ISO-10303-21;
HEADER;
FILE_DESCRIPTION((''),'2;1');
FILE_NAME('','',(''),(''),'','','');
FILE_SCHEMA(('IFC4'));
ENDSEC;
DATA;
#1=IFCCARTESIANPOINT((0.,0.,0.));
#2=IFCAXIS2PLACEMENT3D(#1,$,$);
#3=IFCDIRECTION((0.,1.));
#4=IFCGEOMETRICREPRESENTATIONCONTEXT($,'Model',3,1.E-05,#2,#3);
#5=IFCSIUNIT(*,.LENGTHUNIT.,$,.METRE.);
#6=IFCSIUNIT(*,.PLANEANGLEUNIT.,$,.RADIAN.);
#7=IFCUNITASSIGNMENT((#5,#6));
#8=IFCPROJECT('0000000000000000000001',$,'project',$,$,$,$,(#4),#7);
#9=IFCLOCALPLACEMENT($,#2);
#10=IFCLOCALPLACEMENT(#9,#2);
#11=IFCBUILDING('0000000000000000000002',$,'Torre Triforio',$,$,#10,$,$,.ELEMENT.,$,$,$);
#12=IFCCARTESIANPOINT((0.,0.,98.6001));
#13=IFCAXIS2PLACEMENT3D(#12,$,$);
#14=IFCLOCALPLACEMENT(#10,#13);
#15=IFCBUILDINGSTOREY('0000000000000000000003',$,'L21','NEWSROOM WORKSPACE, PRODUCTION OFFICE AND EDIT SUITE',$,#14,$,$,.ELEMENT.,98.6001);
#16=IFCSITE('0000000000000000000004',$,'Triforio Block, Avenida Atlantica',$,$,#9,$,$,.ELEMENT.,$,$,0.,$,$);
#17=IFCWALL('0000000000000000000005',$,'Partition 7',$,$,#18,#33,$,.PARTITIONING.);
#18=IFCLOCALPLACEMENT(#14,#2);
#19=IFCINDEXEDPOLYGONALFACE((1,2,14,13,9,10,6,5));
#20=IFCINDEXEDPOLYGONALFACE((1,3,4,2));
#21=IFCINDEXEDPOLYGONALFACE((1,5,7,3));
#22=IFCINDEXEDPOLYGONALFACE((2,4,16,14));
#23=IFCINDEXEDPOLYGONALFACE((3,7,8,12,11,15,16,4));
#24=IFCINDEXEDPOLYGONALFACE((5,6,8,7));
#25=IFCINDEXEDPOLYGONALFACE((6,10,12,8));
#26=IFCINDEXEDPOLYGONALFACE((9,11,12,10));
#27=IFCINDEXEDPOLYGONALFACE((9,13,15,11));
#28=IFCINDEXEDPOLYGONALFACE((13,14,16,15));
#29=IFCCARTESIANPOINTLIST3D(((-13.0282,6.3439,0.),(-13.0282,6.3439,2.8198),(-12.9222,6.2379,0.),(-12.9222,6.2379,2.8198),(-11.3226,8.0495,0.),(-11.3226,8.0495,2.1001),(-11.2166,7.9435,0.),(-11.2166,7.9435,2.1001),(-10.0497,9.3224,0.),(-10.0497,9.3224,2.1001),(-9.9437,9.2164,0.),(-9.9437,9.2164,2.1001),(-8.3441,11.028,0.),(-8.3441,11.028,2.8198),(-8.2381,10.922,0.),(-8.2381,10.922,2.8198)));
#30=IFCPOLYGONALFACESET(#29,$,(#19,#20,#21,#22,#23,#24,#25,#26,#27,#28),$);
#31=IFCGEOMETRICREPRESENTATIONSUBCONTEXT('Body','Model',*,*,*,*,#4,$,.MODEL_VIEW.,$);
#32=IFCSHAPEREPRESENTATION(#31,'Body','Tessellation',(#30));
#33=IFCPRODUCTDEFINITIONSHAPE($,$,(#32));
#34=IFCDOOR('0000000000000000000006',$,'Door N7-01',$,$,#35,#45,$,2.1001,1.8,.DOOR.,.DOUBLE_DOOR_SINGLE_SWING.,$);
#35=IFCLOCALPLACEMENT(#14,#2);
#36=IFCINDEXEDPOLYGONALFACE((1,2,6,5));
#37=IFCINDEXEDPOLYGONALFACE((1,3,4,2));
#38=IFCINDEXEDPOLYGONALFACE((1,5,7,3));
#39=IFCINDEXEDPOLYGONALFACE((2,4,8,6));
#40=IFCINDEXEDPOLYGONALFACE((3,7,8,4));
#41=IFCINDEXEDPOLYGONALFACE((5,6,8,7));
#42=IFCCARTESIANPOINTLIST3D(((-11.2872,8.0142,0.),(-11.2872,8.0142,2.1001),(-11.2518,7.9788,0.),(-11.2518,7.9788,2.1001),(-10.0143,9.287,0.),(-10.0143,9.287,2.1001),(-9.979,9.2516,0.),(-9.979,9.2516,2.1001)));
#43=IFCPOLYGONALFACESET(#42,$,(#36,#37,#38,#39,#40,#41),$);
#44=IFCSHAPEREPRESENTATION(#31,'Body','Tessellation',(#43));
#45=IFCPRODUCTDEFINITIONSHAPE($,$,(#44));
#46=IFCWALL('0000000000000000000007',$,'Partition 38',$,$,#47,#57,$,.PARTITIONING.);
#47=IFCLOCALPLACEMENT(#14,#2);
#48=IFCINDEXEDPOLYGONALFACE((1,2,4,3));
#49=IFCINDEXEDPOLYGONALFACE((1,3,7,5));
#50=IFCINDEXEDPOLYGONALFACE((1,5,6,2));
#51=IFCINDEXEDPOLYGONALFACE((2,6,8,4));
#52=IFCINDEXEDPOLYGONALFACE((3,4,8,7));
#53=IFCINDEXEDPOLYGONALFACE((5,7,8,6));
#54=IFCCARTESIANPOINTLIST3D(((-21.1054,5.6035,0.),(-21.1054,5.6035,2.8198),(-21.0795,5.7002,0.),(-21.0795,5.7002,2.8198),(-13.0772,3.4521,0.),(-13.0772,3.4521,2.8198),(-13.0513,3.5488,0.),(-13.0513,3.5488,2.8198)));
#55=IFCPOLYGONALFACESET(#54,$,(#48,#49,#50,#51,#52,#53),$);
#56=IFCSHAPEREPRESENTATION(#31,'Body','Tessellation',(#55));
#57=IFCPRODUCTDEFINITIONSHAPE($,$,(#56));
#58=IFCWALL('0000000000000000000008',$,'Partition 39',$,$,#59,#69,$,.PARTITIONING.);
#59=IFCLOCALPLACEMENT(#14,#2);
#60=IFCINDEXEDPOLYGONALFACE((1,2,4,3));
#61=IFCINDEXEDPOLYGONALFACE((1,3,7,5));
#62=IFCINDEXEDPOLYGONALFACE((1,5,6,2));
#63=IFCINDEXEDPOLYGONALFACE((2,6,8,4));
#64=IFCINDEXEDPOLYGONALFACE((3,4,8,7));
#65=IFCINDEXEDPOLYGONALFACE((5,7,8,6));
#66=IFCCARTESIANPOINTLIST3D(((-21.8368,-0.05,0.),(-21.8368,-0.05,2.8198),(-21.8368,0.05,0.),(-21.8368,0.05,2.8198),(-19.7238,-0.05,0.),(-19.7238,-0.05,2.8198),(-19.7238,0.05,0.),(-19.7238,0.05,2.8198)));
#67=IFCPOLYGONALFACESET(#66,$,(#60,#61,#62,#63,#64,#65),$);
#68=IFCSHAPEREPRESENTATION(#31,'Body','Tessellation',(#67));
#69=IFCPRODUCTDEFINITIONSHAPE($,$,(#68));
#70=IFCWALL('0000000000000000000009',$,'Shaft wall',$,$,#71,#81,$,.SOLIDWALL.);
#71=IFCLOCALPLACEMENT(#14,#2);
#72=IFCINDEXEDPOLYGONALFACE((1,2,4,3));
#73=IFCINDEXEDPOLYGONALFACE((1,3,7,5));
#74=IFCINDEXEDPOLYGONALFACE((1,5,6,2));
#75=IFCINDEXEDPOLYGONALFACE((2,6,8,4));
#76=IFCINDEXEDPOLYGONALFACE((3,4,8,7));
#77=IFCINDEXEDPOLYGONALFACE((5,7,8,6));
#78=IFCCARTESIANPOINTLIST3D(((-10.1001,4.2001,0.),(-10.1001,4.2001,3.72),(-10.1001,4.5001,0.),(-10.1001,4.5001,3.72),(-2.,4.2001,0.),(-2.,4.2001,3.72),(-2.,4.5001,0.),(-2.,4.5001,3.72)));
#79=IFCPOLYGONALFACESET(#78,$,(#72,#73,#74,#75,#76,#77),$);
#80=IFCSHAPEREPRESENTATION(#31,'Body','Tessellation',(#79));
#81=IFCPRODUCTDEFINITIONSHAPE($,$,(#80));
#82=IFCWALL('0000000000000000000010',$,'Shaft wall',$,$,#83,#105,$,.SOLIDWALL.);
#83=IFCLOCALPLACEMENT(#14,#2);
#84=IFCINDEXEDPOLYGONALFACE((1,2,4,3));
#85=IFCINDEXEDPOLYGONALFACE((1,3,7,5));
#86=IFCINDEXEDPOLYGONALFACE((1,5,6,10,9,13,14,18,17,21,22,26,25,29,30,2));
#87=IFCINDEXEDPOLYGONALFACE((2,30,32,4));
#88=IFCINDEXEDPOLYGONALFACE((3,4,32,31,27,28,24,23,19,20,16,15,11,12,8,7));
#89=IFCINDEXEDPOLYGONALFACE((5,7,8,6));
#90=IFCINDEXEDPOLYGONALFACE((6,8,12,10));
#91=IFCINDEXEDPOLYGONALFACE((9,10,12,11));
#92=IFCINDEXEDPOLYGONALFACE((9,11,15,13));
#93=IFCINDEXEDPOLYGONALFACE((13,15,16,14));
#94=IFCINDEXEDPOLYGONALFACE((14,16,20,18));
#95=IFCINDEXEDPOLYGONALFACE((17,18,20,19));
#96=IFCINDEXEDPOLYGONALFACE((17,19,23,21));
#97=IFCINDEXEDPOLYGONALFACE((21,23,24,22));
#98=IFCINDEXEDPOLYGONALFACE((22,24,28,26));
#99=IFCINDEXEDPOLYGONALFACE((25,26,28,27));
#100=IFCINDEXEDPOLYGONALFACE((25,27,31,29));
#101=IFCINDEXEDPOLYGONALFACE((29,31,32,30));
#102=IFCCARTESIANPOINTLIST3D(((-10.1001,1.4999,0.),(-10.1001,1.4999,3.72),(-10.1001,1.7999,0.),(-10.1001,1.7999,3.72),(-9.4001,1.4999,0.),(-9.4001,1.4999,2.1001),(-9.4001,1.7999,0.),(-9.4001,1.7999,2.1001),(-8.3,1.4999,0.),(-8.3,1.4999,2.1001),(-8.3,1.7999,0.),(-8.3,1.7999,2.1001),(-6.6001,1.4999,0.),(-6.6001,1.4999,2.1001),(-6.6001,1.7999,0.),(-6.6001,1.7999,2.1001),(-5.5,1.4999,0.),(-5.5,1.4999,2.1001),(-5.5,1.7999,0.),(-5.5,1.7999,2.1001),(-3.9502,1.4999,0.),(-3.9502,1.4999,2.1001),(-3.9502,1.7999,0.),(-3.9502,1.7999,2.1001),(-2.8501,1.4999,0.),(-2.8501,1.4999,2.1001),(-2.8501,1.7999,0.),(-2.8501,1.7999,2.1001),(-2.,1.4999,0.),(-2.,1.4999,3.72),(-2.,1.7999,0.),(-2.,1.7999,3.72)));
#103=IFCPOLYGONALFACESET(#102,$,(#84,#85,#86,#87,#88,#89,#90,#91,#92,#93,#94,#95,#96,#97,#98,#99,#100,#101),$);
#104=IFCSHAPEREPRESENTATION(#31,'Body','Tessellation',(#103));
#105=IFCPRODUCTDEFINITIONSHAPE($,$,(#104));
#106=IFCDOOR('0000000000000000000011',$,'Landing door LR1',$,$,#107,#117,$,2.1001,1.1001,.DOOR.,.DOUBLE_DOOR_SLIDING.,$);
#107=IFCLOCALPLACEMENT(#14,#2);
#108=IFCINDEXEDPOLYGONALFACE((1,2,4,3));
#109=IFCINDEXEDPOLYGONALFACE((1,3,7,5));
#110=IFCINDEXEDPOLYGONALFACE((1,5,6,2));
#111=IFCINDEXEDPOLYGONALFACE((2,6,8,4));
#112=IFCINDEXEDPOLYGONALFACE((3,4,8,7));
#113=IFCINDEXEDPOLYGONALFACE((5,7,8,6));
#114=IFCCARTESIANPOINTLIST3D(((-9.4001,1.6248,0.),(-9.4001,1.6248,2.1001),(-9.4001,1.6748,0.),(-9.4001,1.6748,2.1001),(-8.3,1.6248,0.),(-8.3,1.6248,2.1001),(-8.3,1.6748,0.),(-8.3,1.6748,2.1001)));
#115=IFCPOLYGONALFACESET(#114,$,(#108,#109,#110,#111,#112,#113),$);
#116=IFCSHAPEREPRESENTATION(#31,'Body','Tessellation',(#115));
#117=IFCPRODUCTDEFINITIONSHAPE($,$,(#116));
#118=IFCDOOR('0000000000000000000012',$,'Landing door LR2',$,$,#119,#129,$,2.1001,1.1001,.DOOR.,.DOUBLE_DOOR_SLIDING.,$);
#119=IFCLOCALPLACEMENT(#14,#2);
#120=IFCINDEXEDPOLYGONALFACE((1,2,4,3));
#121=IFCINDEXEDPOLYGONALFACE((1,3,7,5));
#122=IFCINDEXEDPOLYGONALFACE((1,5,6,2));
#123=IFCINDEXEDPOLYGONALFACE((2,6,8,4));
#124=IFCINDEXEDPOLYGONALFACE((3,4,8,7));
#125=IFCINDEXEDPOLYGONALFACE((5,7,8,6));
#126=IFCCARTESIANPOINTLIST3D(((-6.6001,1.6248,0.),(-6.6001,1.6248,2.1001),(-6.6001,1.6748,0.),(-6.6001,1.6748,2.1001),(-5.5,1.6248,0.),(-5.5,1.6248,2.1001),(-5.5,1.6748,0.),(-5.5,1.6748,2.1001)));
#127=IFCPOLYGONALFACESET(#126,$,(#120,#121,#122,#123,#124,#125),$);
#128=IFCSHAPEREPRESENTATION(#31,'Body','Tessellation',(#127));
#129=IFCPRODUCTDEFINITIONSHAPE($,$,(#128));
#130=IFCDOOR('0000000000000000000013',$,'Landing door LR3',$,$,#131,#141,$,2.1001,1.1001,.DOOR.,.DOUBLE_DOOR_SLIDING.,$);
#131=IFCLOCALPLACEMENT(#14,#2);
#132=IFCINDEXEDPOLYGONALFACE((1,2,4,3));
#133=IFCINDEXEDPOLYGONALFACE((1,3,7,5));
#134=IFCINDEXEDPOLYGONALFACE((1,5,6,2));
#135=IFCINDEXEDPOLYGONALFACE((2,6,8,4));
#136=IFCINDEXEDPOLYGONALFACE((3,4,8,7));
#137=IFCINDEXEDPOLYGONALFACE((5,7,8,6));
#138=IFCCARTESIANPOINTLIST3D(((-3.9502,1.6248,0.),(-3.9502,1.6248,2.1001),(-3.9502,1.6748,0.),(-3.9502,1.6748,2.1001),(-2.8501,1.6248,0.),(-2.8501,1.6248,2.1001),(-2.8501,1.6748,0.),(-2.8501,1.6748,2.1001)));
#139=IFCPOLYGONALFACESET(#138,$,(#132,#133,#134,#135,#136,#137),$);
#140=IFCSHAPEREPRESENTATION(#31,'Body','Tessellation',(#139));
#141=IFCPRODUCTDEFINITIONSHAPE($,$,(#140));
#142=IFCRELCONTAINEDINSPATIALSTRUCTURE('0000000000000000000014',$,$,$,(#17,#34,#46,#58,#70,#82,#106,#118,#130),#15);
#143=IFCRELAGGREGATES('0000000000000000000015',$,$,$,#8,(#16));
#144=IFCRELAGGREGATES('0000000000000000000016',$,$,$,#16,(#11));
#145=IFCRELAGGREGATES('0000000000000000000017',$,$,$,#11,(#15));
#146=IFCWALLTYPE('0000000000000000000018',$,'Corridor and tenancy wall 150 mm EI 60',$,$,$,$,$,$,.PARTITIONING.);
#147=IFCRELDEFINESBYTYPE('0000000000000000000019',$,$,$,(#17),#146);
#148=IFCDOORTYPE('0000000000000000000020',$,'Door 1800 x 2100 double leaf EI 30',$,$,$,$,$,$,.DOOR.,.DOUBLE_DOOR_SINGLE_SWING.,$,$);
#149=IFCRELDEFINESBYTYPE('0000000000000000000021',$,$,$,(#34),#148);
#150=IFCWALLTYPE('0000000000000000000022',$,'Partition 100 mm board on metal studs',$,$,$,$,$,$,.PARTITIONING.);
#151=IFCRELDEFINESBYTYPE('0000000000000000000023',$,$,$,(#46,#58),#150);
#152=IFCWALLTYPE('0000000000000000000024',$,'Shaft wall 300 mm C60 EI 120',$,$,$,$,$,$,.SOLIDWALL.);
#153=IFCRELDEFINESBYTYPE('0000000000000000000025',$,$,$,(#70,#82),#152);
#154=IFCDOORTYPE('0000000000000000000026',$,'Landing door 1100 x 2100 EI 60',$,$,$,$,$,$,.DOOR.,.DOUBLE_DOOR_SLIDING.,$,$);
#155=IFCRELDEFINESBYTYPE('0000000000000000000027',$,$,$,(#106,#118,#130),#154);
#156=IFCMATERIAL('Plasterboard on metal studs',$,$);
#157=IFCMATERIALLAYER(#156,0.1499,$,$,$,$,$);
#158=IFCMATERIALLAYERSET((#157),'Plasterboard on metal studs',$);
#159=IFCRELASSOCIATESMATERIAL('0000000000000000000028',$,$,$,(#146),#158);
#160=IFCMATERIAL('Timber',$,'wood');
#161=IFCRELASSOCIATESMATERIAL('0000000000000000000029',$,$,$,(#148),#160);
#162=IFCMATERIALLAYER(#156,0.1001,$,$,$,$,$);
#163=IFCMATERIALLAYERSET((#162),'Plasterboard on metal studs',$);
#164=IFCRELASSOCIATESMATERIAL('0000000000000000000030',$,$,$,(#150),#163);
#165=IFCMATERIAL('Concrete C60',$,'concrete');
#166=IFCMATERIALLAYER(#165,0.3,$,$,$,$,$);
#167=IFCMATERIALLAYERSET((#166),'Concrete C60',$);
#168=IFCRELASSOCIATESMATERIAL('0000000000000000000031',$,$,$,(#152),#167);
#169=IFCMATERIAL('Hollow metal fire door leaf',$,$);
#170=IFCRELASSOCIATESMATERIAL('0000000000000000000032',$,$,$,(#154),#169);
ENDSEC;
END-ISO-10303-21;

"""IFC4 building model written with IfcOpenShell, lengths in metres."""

from ifc_helpers import new_model, si_unit, direction, frame, frame_2d, origin, place, context, subcontext, project, spatial, rectangle, extrude, material, layer, layer_set, type_object, element, fill, save


model = new_model("IFC4")

# Units and contexts
model_context = context("Model", 3, precision=1e-05, world=origin(), true_north=direction((0.0, 1.0)))
body_context = subcontext(model_context, "Body", "Model", "MODEL_VIEW")
ifc_project = project(units=[si_unit("LENGTHUNIT", "METRE"), si_unit("PLANEANGLEUNIT", "RADIAN")], contexts=[model_context])

# Site, building, storey
site_placement = place(None, origin())
site = spatial("IfcSite", under=ifc_project, at=site_placement, Name="Triforio Block, Avenida Atlantica", CompositionType="ELEMENT", RefElevation=0.0)
building_placement = place(site_placement, origin())
building = spatial("IfcBuilding", under=site, at=building_placement, Name="Torre Triforio", CompositionType="ELEMENT")
storey_placement = place(building_placement, frame((0.0, 0.0, 98.6001)))
storey = spatial("IfcBuildingStorey", under=building, at=storey_placement, Name="L21", Description="NEWSROOM WORKSPACE, PRODUCTION OFFICE AND EDIT SUITE", CompositionType="ELEMENT", Elevation=98.6001)

# Shared definitions
ifc_material_1 = material(Name="Concrete C60", Category="concrete")

# Shared definitions
ifc_material_2 = material(Name="Hollow metal fire door leaf")
ifc_material_3 = material(Name="Plasterboard on metal studs")
ifc_layer_1 = layer(ifc_material_3, 0.1499)
ifc_layer_set_1 = layer_set([ifc_layer_1], Name="Plasterboard on metal studs")
wall_type_1 = type_object("IfcWallType", Name="Corridor and tenancy wall 150 mm EI 60", PredefinedType="PARTITIONING", material=ifc_layer_set_1)
ifc_material_4 = material(Name="Timber", Category="wood")

# Wall, opening, door
wall_1_placement = place(storey_placement, frame((-12.9751, 6.291, 0.0), z_axis=(0.0, 0.0, 1.0), x_axis=(0.707107, 0.707107, 0.0)))
wall_1 = element("IfcWall", 1, at=wall_1_placement, inside=storey, type_object=wall_type_1, Name="Partition 7", PredefinedType="PARTITIONING", context=body_context, shape_type="SweptSolid", body=[
    extrude(rectangle(XDim=6.6243, YDim=0.1499, at=frame_2d((3.312, 0.0))), origin(), (0.0, 0.0, 1.0), 2.8198),
])
opening_1_placement = place(wall_1_placement, frame((2.4121, 0.0, 0.0)))
opening_1 = element("IfcOpeningElement", 2, at=opening_1_placement, cuts=wall_1, PredefinedType="OPENING", context=body_context, shape_type="SweptSolid", body=[
    extrude(rectangle(XDim=1.8, YDim=2.1001, at=frame_2d((0.8999, 1.05))), frame((0.0, 0.085, 0.0), z_axis=(0.0, -1.0, 0.0), x_axis=(1.0, 0.0, 0.0)), (0.0, 0.0, 1.0), 0.1699),
])
door_type_1 = type_object("IfcDoorType", Name="Door 1800 x 2100 double leaf EI 30", OperationType="DOUBLE_DOOR_SINGLE_SWING", PredefinedType="DOOR", material=ifc_material_4)
door_1_placement = place(opening_1_placement, origin())
door_1 = element("IfcDoor", 3, at=door_1_placement, inside=storey, type_object=door_type_1, Name="Door N7-01", OperationType="DOUBLE_DOOR_SINGLE_SWING", OverallHeight=2.1001, OverallWidth=1.8, PredefinedType="DOOR", context=body_context, shape_type="SweptSolid", body=[
    extrude(rectangle(XDim=1.8, YDim=2.1001, at=frame_2d((0.8999, 1.05))), frame((0.0, 0.0249, 0.0), z_axis=(0.0, -1.0, 0.0), x_axis=(1.0, 0.0, 0.0)), (0.0, 0.0, 1.0), 0.05),
])
fill(opening_1, door_1)

# Walls
ifc_layer_2 = layer(ifc_material_3, 0.1001)
ifc_layer_set_2 = layer_set([ifc_layer_2], Name="Plasterboard on metal studs")
wall_type_2 = type_object("IfcWallType", Name="Partition 100 mm board on metal studs", PredefinedType="PARTITIONING", material=ifc_layer_set_2)
wall_2_placement = place(storey_placement, frame((-13.0642, 3.5005, 0.0), z_axis=(0.0, 0.0, 1.0), x_axis=(-0.96592, 0.25884, 0.0)))
element("IfcWall", 4, at=wall_2_placement, inside=storey, type_object=wall_type_2, Name="Partition 38", PredefinedType="PARTITIONING", context=body_context, shape_type="SweptSolid", body=[
    extrude(rectangle(XDim=8.3115, YDim=0.1001, at=frame_2d((4.1558, 0.0))), origin(), (0.0, 0.0, 1.0), 2.8198),
])
wall_3_placement = place(storey_placement, frame((-19.7236, 0.0, 0.0), z_axis=(0.0, 0.0, 1.0), x_axis=(-1.0, 0.0, 0.0)))
element("IfcWall", 5, at=wall_3_placement, inside=storey, type_object=wall_type_2, Name="Partition 39", PredefinedType="PARTITIONING", context=body_context, shape_type="SweptSolid", body=[
    extrude(rectangle(XDim=2.113, YDim=0.1001, at=frame_2d((1.0566, 0.0))), origin(), (0.0, 0.0, 1.0), 2.8198),
])
ifc_layer_3 = layer(ifc_material_1, 0.3)
ifc_layer_set_3 = layer_set([ifc_layer_3], Name="Concrete C60")
wall_type_3 = type_object("IfcWallType", Name="Shaft wall 300 mm C60 EI 120", PredefinedType="SOLIDWALL", material=ifc_layer_set_3)
wall_4_placement = place(storey_placement, frame((-10.1001, 4.3501, 0.0), z_axis=(0.0, 0.0, 1.0), x_axis=(1.0, 0.0, 0.0)))
element("IfcWall", 6, at=wall_4_placement, inside=storey, type_object=wall_type_3, Name="Shaft wall", PredefinedType="SOLIDWALL", context=body_context, shape_type="SweptSolid", body=[
    extrude(rectangle(XDim=8.1001, YDim=0.3, at=frame_2d((4.05, 0.0))), origin(), (0.0, 0.0, 1.0), 3.72),
])

# Wall, openings, doors
wall_5_placement = place(storey_placement, frame((-10.1001, 1.6499, 0.0), z_axis=(0.0, 0.0, 1.0), x_axis=(1.0, 0.0, 0.0)))
wall_5 = element("IfcWall", 7, at=wall_5_placement, inside=storey, type_object=wall_type_3, Name="Shaft wall", PredefinedType="SOLIDWALL", context=body_context, shape_type="SweptSolid", body=[
    extrude(rectangle(XDim=8.1001, YDim=0.3, at=frame_2d((4.05, 0.0))), origin(), (0.0, 0.0, 1.0), 3.72),
])
opening_2_placement = place(wall_5_placement, frame((0.7, 0.0, 0.0)))
opening_2 = element("IfcOpeningElement", 8, at=opening_2_placement, cuts=wall_5, PredefinedType="OPENING", context=body_context, shape_type="SweptSolid", body=[
    extrude(rectangle(XDim=1.1001, YDim=2.1001, at=frame_2d((0.55, 1.05))), frame((0.0, 0.1599, 0.0), z_axis=(0.0, -1.0, 0.0), x_axis=(1.0, 0.0, 0.0)), (0.0, 0.0, 1.0), 0.3201),
])
opening_3_placement = place(wall_5_placement, frame((3.5, 0.0, 0.0)))
opening_3 = element("IfcOpeningElement", 9, at=opening_3_placement, cuts=wall_5, PredefinedType="OPENING", context=body_context, shape_type="SweptSolid", body=[
    extrude(rectangle(XDim=1.1001, YDim=2.1001, at=frame_2d((0.55, 1.05))), frame((0.0, 0.1599, 0.0), z_axis=(0.0, -1.0, 0.0), x_axis=(1.0, 0.0, 0.0)), (0.0, 0.0, 1.0), 0.3201),
])
opening_4_placement = place(wall_5_placement, frame((6.1499, 0.0, 0.0)))
opening_4 = element("IfcOpeningElement", 10, at=opening_4_placement, cuts=wall_5, PredefinedType="OPENING", context=body_context, shape_type="SweptSolid", body=[
    extrude(rectangle(XDim=1.1001, YDim=2.1001, at=frame_2d((0.55, 1.05))), frame((0.0, 0.1599, 0.0), z_axis=(0.0, -1.0, 0.0), x_axis=(1.0, 0.0, 0.0)), (0.0, 0.0, 1.0), 0.3201),
])
door_type_2 = type_object("IfcDoorType", Name="Landing door 1100 x 2100 EI 60", OperationType="DOUBLE_DOOR_SLIDING", PredefinedType="DOOR", material=ifc_material_2)
door_2_placement = place(opening_2_placement, origin())
door_2 = element("IfcDoor", 11, at=door_2_placement, inside=storey, type_object=door_type_2, Name="Landing door LR1", OperationType="DOUBLE_DOOR_SLIDING", OverallHeight=2.1001, OverallWidth=1.1001, PredefinedType="DOOR", context=body_context, shape_type="SweptSolid", body=[
    extrude(rectangle(XDim=1.1001, YDim=2.1001, at=frame_2d((0.55, 1.05))), frame((0.0, 0.0249, 0.0), z_axis=(0.0, -1.0, 0.0), x_axis=(1.0, 0.0, 0.0)), (0.0, 0.0, 1.0), 0.05),
])
fill(opening_2, door_2)
door_3_placement = place(opening_3_placement, origin())
door_3 = element("IfcDoor", 12, at=door_3_placement, inside=storey, type_object=door_type_2, Name="Landing door LR2", OperationType="DOUBLE_DOOR_SLIDING", OverallHeight=2.1001, OverallWidth=1.1001, PredefinedType="DOOR", context=body_context, shape_type="SweptSolid", body=[
    extrude(rectangle(XDim=1.1001, YDim=2.1001, at=frame_2d((0.55, 1.05))), frame((0.0, 0.0249, 0.0), z_axis=(0.0, -1.0, 0.0), x_axis=(1.0, 0.0, 0.0)), (0.0, 0.0, 1.0), 0.05),
])
fill(opening_3, door_3)
door_4_placement = place(opening_4_placement, origin())
door_4 = element("IfcDoor", 13, at=door_4_placement, inside=storey, type_object=door_type_2, Name="Landing door LR3", OperationType="DOUBLE_DOOR_SLIDING", OverallHeight=2.1001, OverallWidth=1.1001, PredefinedType="DOOR", context=body_context, shape_type="SweptSolid", body=[
    extrude(rectangle(XDim=1.1001, YDim=2.1001, at=frame_2d((0.55, 1.05))), frame((0.0, 0.0249, 0.0), z_axis=(0.0, -1.0, 0.0), x_axis=(1.0, 0.0, 0.0)), (0.0, 0.0, 1.0), 0.05),
])
fill(opening_4, door_4)

save(model, "model.ifc")
